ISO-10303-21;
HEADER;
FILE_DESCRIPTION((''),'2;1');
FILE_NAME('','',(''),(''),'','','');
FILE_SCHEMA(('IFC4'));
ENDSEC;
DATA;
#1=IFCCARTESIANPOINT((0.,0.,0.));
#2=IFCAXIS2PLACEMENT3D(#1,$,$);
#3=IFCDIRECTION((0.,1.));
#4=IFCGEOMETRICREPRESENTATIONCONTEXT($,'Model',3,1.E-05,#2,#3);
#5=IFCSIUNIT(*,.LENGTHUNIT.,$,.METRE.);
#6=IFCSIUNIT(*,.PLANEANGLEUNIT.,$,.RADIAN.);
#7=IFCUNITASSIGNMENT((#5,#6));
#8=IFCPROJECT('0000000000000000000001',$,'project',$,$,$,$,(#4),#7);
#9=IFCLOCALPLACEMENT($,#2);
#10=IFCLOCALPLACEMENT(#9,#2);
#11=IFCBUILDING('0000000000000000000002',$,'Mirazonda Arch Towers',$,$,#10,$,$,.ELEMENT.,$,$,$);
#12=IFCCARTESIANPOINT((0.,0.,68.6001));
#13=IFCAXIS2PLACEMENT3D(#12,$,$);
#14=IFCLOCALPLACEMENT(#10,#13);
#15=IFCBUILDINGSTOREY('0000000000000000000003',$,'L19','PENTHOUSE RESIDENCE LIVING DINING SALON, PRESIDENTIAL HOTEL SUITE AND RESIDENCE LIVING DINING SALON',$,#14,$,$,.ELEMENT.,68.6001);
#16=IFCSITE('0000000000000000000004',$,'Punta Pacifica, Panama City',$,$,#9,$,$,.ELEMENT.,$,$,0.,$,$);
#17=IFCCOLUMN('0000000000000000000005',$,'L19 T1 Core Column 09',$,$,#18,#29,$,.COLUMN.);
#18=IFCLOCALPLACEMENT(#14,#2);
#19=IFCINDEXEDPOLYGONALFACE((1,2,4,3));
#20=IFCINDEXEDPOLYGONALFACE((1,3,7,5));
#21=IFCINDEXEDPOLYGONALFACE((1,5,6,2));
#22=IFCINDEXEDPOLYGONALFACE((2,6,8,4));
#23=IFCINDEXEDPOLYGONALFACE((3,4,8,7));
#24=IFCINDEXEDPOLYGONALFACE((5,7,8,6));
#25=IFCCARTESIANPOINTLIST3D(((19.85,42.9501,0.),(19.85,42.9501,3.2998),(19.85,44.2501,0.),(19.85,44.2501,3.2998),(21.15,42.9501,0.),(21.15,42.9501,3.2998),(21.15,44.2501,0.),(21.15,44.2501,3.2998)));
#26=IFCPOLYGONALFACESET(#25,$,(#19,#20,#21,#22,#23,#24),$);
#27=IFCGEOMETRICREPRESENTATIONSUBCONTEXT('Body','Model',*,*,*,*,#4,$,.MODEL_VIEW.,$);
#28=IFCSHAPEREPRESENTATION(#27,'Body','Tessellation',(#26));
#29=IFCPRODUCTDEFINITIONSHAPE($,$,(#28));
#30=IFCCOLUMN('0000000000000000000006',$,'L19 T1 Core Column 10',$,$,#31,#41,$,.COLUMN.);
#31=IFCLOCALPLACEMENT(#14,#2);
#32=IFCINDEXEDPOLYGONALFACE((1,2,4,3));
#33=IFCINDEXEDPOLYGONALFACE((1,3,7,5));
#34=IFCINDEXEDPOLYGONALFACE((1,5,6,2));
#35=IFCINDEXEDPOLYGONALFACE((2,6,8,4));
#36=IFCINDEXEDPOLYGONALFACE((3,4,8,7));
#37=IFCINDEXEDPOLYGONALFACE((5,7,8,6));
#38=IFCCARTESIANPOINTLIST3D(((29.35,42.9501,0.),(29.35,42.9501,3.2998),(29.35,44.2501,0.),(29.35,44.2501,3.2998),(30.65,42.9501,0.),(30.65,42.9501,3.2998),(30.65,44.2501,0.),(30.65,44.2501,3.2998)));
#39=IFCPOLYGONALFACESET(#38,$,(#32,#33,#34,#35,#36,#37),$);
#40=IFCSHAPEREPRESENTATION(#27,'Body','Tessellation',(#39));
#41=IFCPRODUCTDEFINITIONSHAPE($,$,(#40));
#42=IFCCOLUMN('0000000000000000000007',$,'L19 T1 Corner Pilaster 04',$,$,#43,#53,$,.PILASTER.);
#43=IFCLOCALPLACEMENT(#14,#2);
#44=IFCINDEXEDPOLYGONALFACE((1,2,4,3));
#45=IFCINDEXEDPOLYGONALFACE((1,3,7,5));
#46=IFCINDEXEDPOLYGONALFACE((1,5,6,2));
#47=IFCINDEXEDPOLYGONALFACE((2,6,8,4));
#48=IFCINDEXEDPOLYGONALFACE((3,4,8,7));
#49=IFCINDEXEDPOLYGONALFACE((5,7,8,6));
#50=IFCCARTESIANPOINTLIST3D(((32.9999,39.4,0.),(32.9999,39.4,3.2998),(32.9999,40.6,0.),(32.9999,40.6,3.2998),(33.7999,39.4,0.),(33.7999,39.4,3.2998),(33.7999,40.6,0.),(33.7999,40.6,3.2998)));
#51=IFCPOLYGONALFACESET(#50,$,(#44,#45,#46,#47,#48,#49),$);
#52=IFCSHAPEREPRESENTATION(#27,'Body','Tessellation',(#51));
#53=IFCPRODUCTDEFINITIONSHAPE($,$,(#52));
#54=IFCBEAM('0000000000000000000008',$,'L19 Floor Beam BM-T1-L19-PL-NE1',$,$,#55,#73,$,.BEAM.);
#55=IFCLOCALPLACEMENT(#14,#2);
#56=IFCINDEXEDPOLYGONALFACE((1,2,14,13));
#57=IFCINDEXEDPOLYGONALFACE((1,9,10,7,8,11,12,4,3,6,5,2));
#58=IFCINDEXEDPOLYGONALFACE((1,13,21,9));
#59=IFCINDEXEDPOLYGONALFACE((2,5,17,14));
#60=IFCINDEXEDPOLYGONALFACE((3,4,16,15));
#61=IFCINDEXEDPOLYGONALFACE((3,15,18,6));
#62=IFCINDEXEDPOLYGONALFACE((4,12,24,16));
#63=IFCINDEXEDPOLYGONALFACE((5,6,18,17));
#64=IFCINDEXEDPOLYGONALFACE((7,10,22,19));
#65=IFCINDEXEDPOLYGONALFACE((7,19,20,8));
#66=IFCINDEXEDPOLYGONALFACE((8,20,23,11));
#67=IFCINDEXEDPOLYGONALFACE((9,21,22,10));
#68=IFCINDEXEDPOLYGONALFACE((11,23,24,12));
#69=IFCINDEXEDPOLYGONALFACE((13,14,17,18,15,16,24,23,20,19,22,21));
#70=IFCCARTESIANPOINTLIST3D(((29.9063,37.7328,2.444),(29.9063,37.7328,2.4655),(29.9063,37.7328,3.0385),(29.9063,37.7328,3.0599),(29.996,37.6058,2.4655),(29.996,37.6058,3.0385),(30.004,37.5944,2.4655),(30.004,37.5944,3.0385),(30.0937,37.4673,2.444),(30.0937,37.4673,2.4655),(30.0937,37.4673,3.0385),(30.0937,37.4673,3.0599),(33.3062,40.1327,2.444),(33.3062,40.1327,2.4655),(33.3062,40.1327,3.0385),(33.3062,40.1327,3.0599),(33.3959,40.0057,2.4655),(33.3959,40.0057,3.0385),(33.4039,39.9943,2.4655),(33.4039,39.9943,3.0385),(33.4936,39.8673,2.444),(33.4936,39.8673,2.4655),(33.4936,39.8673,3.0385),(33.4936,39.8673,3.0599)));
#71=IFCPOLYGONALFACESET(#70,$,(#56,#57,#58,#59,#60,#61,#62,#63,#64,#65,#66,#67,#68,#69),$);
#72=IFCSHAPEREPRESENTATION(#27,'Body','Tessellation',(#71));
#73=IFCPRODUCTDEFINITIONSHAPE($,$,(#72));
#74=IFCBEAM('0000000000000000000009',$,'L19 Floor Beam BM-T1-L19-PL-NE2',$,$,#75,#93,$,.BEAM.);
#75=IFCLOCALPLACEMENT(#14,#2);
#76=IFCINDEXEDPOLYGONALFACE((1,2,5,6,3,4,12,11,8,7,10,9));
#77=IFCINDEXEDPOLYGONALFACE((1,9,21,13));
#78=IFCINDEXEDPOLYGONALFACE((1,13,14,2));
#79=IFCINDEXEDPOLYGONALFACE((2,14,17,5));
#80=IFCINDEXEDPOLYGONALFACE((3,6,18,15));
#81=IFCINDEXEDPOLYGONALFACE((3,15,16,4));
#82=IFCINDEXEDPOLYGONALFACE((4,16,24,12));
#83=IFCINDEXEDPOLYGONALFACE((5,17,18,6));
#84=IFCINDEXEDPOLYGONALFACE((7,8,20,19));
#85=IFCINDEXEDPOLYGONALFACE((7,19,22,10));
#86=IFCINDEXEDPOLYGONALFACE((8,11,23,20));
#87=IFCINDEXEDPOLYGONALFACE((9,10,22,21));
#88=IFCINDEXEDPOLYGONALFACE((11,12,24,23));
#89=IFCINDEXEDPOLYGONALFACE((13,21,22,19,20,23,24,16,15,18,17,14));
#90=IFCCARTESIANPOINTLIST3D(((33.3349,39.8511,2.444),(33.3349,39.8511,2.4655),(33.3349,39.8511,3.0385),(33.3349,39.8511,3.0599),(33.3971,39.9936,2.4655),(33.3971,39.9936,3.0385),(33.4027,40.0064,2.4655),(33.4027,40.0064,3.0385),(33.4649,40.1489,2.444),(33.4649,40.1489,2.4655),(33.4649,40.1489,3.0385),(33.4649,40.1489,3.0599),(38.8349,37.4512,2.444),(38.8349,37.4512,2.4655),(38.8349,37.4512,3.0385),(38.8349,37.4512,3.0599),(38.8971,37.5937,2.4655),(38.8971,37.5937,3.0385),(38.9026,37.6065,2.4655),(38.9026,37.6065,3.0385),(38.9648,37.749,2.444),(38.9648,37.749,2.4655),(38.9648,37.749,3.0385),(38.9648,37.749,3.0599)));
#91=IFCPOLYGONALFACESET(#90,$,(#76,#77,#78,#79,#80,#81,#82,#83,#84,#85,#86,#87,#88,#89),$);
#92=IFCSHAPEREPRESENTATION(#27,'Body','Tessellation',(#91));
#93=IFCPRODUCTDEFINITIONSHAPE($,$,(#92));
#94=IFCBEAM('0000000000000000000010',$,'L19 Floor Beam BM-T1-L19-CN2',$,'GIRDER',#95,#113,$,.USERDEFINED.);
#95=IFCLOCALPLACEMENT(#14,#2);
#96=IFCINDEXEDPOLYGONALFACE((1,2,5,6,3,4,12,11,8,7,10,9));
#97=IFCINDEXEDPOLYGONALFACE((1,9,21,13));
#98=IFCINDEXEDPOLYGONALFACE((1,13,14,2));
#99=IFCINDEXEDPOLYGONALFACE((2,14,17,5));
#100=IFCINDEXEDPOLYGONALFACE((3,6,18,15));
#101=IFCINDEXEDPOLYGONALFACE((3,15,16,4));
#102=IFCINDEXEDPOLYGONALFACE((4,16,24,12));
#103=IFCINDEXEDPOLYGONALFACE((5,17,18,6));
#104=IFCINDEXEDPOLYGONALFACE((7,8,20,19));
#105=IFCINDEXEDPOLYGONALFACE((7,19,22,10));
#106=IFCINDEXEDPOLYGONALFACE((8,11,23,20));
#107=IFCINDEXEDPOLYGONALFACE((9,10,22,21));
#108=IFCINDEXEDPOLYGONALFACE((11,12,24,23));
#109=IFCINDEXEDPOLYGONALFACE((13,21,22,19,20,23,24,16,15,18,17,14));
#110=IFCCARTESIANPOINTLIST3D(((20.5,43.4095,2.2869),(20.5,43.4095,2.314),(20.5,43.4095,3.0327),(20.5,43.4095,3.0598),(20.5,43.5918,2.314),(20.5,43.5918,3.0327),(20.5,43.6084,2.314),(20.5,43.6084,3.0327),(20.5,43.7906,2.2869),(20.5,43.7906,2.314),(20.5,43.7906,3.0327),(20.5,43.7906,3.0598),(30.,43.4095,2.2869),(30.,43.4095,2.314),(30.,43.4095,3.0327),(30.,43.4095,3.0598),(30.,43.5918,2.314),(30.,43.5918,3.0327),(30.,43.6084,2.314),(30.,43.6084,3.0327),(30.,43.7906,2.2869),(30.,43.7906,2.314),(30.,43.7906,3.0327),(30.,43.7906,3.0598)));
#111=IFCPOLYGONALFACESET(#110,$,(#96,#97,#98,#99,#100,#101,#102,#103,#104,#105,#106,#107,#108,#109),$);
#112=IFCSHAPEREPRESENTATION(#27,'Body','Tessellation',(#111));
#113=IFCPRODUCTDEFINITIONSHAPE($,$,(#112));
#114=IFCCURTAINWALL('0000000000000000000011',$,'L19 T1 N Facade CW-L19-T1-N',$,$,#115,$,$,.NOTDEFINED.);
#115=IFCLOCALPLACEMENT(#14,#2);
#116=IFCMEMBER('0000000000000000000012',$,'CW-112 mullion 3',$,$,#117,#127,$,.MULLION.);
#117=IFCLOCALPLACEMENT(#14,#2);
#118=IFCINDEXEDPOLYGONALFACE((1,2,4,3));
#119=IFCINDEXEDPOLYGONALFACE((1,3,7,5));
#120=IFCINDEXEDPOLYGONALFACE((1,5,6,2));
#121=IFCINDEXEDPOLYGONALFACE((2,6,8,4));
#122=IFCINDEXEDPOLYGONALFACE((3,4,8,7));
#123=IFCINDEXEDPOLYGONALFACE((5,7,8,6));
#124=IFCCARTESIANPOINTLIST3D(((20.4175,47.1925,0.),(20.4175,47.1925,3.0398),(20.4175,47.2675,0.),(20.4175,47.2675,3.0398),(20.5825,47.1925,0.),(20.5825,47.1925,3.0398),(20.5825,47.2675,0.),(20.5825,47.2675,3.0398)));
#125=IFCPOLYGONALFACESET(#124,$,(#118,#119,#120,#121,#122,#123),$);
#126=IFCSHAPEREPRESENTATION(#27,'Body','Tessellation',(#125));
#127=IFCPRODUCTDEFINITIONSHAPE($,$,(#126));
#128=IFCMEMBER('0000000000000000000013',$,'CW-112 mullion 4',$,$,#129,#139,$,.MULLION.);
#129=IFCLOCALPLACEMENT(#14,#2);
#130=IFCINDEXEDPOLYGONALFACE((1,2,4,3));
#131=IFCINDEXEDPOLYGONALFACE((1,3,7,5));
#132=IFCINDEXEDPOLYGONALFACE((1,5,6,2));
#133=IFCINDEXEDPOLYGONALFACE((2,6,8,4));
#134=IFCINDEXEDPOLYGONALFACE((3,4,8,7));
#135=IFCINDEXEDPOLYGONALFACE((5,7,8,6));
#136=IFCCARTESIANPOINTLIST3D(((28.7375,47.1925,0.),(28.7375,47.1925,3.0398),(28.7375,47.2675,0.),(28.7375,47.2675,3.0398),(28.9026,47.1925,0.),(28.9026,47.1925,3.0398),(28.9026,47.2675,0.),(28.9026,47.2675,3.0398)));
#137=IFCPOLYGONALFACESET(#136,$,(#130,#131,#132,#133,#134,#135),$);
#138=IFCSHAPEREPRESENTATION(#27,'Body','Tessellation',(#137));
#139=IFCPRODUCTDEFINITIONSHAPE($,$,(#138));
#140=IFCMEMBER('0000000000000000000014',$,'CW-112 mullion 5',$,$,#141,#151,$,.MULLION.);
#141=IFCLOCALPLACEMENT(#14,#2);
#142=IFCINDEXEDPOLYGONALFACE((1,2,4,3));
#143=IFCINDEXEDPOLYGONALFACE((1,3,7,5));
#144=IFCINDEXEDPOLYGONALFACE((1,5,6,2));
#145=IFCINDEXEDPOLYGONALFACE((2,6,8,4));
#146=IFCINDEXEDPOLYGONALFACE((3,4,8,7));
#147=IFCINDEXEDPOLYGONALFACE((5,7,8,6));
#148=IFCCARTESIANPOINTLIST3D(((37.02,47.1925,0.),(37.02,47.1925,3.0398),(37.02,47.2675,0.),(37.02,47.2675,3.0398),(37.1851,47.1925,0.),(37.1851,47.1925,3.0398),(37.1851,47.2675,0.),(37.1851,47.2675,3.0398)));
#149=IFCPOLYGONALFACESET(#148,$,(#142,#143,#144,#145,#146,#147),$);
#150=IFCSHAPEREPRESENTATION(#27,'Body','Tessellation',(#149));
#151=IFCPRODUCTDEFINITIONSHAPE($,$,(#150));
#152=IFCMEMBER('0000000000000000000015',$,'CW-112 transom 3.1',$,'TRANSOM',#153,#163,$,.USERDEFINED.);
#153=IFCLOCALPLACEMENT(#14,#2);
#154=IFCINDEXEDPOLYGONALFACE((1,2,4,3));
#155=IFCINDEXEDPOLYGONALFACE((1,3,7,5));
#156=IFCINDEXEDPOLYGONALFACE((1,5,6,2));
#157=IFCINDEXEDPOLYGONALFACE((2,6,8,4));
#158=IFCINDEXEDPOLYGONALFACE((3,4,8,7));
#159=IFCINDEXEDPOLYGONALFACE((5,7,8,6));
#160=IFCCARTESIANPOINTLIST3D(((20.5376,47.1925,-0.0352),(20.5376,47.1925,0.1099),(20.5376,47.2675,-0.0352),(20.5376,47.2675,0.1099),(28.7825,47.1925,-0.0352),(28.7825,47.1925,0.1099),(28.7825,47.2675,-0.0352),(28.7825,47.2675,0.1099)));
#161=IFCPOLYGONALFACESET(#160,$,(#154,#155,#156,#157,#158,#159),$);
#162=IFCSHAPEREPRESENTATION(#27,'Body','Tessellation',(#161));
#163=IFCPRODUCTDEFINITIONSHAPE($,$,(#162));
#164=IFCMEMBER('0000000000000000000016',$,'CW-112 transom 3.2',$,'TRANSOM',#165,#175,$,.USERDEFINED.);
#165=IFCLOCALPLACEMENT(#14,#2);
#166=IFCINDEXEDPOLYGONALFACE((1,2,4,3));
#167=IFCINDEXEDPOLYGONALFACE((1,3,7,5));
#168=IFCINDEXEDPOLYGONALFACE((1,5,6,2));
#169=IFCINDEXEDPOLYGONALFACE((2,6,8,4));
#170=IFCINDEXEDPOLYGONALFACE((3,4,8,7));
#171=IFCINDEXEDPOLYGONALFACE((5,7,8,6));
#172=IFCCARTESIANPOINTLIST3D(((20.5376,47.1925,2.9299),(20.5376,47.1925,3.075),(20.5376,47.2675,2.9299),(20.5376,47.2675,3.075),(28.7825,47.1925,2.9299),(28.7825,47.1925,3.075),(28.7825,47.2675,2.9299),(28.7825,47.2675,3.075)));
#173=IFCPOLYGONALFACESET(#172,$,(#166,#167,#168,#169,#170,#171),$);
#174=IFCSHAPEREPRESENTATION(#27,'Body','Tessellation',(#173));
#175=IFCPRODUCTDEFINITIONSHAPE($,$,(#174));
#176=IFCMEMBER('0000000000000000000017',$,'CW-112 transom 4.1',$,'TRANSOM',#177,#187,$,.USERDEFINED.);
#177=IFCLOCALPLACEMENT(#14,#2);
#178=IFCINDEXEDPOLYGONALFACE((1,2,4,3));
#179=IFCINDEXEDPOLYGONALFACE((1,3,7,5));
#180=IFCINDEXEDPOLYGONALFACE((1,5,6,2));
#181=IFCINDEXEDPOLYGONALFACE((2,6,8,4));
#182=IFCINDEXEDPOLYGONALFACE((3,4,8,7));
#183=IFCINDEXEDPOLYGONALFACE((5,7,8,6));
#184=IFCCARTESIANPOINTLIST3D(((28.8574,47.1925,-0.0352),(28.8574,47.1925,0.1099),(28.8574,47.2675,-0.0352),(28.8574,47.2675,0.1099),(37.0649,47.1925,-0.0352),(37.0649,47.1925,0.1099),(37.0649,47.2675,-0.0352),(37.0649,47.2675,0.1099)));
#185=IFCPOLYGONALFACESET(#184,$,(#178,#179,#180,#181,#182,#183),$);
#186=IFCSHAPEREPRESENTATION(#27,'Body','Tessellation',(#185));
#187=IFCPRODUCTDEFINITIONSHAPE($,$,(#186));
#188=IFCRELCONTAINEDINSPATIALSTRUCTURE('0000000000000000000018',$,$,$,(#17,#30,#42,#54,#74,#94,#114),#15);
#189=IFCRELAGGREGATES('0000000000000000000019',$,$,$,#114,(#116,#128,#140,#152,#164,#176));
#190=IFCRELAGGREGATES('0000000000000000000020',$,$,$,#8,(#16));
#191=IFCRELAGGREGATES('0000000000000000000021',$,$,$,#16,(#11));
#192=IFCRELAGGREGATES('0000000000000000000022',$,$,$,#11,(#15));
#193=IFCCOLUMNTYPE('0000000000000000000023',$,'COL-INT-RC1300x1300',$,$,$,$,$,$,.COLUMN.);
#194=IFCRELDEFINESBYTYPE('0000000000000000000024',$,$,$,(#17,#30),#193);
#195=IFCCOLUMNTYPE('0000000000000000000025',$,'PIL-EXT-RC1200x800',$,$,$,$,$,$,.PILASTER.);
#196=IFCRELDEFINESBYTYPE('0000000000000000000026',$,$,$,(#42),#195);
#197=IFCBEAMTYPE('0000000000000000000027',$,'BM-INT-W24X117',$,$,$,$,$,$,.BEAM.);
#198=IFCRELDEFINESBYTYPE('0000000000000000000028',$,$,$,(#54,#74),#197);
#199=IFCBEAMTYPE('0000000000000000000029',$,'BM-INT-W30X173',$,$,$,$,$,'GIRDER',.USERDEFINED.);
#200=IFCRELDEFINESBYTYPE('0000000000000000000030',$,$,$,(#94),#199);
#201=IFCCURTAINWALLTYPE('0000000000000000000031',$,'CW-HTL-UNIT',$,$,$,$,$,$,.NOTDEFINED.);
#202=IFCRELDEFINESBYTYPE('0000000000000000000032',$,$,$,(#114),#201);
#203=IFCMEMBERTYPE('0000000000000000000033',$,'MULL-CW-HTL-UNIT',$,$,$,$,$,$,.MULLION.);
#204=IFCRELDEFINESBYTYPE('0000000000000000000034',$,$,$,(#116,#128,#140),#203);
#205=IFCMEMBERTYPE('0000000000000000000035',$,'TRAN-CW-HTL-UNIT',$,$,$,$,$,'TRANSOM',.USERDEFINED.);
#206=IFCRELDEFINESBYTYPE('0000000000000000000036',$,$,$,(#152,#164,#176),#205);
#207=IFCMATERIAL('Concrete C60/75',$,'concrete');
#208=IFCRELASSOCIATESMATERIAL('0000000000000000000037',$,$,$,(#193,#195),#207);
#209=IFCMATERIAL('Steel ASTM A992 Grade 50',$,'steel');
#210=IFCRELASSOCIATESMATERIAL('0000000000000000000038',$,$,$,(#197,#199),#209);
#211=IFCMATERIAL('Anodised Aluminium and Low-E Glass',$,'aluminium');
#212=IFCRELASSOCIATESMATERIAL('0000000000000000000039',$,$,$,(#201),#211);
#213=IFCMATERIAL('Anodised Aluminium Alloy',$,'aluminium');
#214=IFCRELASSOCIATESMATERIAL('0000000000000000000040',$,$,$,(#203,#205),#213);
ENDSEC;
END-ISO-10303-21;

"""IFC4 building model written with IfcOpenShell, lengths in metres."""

from ifc_helpers import new_model, si_unit, direction, frame, origin, origin_2d, place, context, subcontext, project, spatial, rectangle, i_section, extrude, material, material_profile, profile_set, type_object, element, aggregate, save


model = new_model("IFC4")

# Units and contexts
model_context = context("Model", 3, precision=1e-05, world=origin(), true_north=direction((0.0, 1.0)))
body_context = subcontext(model_context, "Body", "Model", "MODEL_VIEW")
ifc_project = project(units=[si_unit("LENGTHUNIT", "METRE"), si_unit("PLANEANGLEUNIT", "RADIAN")], contexts=[model_context])

# Site, building, storey
site_placement = place(None, origin())
site = spatial("IfcSite", under=ifc_project, at=site_placement, Name="Punta Pacifica, Panama City", CompositionType="ELEMENT", RefElevation=0.0)
building_placement = place(site_placement, origin())
building = spatial("IfcBuilding", under=site, at=building_placement, Name="Mirazonda Arch Towers", CompositionType="ELEMENT")
storey_placement = place(building_placement, frame((0.0, 0.0, 68.6001)))
storey = spatial("IfcBuildingStorey", under=building, at=storey_placement, Name="L19", Description="PENTHOUSE RESIDENCE LIVING DINING SALON, PRESIDENTIAL HOTEL SUITE AND RESIDENCE LIVING DINING SALON", CompositionType="ELEMENT", Elevation=68.6001)

# Columns
ifc_material_1 = material(Name="Concrete C60/75", Category="concrete")
ifc_material_profile_1 = material_profile(ifc_material_1, rectangle(XDim=1.3, YDim=1.3, at=origin_2d()), Name="RC1300x1300")
ifc_profile_set_1 = profile_set([ifc_material_profile_1], Name="Concrete C60/75")
column_type_1 = type_object("IfcColumnType", Name="COL-INT-RC1300x1300", PredefinedType="COLUMN", material=ifc_profile_set_1)
for number, where, z_axis, x_axis, name in (
    (1, (20.5, 43.6001, 0.0), (0.0, 0.0, 1.0), (1.0, 0.0, 0.0), "L19 T1 Core Column 09"),
    (2, (30.0, 43.6001, 0.0), (0.0, 0.0, 1.0), (1.0, 0.0, 0.0), "L19 T1 Core Column 10"),
):
    element("IfcColumn", number, at=place(storey_placement, frame(where, z_axis=z_axis, x_axis=x_axis)), inside=storey, type_object=column_type_1, Name=name, PredefinedType="COLUMN", context=body_context, shape_type="SweptSolid", body=[
        extrude(rectangle(XDim=1.3, YDim=1.3, at=origin_2d()), origin(), (0.0, 0.0, 1.0), 3.2998),
    ])
ifc_material_profile_2 = material_profile(ifc_material_1, rectangle(XDim=0.8, YDim=1.2, at=origin_2d()), Name="RC1200x800")
ifc_profile_set_2 = profile_set([ifc_material_profile_2], Name="Concrete C60/75")
column_type_2 = type_object("IfcColumnType", Name="PIL-EXT-RC1200x800", PredefinedType="PILASTER", material=ifc_profile_set_2)
column_placement = place(storey_placement, frame((33.3999, 40.0, 0.0), z_axis=(0.0, 0.0, 1.0), x_axis=(1.0, 0.0, 0.0)))
element("IfcColumn", 3, at=column_placement, inside=storey, type_object=column_type_2, Name="L19 T1 Corner Pilaster 04", PredefinedType="PILASTER", context=body_context, shape_type="SweptSolid", body=[
    extrude(rectangle(XDim=0.8, YDim=1.2, at=origin_2d()), origin(), (0.0, 0.0, 1.0), 3.2998),
])

# Beams
ifc_material_2 = material(Name="Steel ASTM A992 Grade 50", Category="steel")
ifc_material_profile_3 = material_profile(ifc_material_2, i_section(OverallWidth=0.325, OverallDepth=0.616, WebThickness=0.0139, FlangeThickness=0.0215, at=origin_2d()), Name="W24X117")
ifc_profile_set_3 = profile_set([ifc_material_profile_3], Name="Steel ASTM A992 Grade 50")
beam_type_1 = type_object("IfcBeamType", Name="BM-INT-W24X117", PredefinedType="BEAM", material=ifc_profile_set_3)
beam_1_placement = place(storey_placement, frame((33.3999, 40.0, 2.752), z_axis=(-0.816971, -0.576679, 0.0), x_axis=(0.576679, -0.816971, 0.0)))
element("IfcBeam", 4, at=beam_1_placement, inside=storey, type_object=beam_type_1, Name="L19 Floor Beam BM-T1-L19-PL-NE1", PredefinedType="BEAM", context=body_context, shape_type="SweptSolid", body=[
    extrude(i_section(OverallWidth=0.325, OverallDepth=0.616, WebThickness=0.0139, FlangeThickness=0.0215, at=origin_2d()), origin(), (0.0, 0.0, 1.0), 4.1616),
])
beam_2_placement = place(storey_placement, frame((33.3999, 40.0, 2.752), z_axis=(0.916545, -0.399931, 0.0), x_axis=(0.399931, 0.916545, 0.0)))
element("IfcBeam", 5, at=beam_2_placement, inside=storey, type_object=beam_type_1, Name="L19 Floor Beam BM-T1-L19-PL-NE2", PredefinedType="BEAM", context=body_context, shape_type="SweptSolid", body=[
    extrude(i_section(OverallWidth=0.325, OverallDepth=0.616, WebThickness=0.0139, FlangeThickness=0.0215, at=origin_2d()), origin(), (0.0, 0.0, 1.0), 6.0007),
])
ifc_material_profile_4 = material_profile(ifc_material_2, i_section(OverallWidth=0.3811, OverallDepth=0.7729, WebThickness=0.0166, FlangeThickness=0.0271, at=origin_2d()), Name="W30X173")
ifc_profile_set_4 = profile_set([ifc_material_profile_4], Name="Steel ASTM A992 Grade 50")
beam_type_2 = type_object("IfcBeamType", Name="BM-INT-W30X173", ElementType="GIRDER", PredefinedType="USERDEFINED", material=ifc_profile_set_4)
beam_3_placement = place(storey_placement, frame((20.5, 43.6001, 2.6733), z_axis=(1.0, 0.0, 0.0), x_axis=(0.0, 1.0, 0.0)))
element("IfcBeam", 6, at=beam_3_placement, inside=storey, type_object=beam_type_2, Name="L19 Floor Beam BM-T1-L19-CN2", ObjectType="GIRDER", PredefinedType="USERDEFINED", context=body_context, shape_type="SweptSolid", body=[
    extrude(i_section(OverallWidth=0.3811, OverallDepth=0.7729, WebThickness=0.0166, FlangeThickness=0.0271, at=origin_2d()), origin(), (0.0, 0.0, 1.0), 9.5),
])

# Curtain wall, members
ifc_material_3 = material(Name="Anodised Aluminium and Low-E Glass", Category="aluminium")
curtain_wall_type = type_object("IfcCurtainWallType", Name="CW-HTL-UNIT", PredefinedType="NOTDEFINED", material=ifc_material_3)
curtain_wall_placement = place(storey_placement, origin())
curtain_wall = element("IfcCurtainWall", 7, at=curtain_wall_placement, inside=storey, type_object=curtain_wall_type, Name="L19 T1 N Facade CW-L19-T1-N", PredefinedType="NOTDEFINED")
ifc_material_4 = material(Name="Anodised Aluminium Alloy", Category="aluminium")
ifc_material_profile_5 = material_profile(ifc_material_4, rectangle(XDim=0.075, YDim=0.165, at=origin_2d()), Name="ALU-MULL-75x165")
ifc_profile_set_5 = profile_set([ifc_material_profile_5], Name="Anodised Aluminium Alloy")
member_type_1 = type_object("IfcMemberType", Name="MULL-CW-HTL-UNIT", PredefinedType="MULLION", material=ifc_profile_set_5)
member_1_placement = place(storey_placement, frame((20.5, 47.23, 0.0), z_axis=(0.0, 0.0, 1.0), x_axis=(0.0, 1.0, 0.0)))
member_1 = element("IfcMember", 8, at=member_1_placement, type_object=member_type_1, Name="CW-112 mullion 3", PredefinedType="MULLION", context=body_context, shape_type="SweptSolid", body=[
    extrude(rectangle(XDim=0.075, YDim=0.165, at=origin_2d()), origin(), (0.0, 0.0, 1.0), 3.0398),
])
member_2_placement = place(storey_placement, frame((28.8201, 47.23, 0.0), z_axis=(0.0, 0.0, 1.0), x_axis=(0.0, 1.0, 0.0)))
member_2 = element("IfcMember", 9, at=member_2_placement, type_object=member_type_1, Name="CW-112 mullion 4", PredefinedType="MULLION", context=body_context, shape_type="SweptSolid", body=[
    extrude(rectangle(XDim=0.075, YDim=0.165, at=origin_2d()), origin(), (0.0, 0.0, 1.0), 3.0398),
])
member_3_placement = place(storey_placement, frame((37.1025, 47.23, 0.0), z_axis=(0.0, 0.0, 1.0), x_axis=(0.0, 1.0, 0.0)))
member_3 = element("IfcMember", 10, at=member_3_placement, type_object=member_type_1, Name="CW-112 mullion 5", PredefinedType="MULLION", context=body_context, shape_type="SweptSolid", body=[
    extrude(rectangle(XDim=0.075, YDim=0.165, at=origin_2d()), origin(), (0.0, 0.0, 1.0), 3.0398),
])
ifc_material_profile_6 = material_profile(ifc_material_4, rectangle(XDim=0.075, YDim=0.145, at=origin_2d()), Name="ALU-TRAN-75x145")
ifc_profile_set_6 = profile_set([ifc_material_profile_6], Name="Anodised Aluminium Alloy")
member_type_2 = type_object("IfcMemberType", Name="TRAN-CW-HTL-UNIT", ElementType="TRANSOM", PredefinedType="USERDEFINED", material=ifc_profile_set_6)
member_4_placement = place(storey_placement, frame((20.5376, 47.23, 0.0374), z_axis=(1.0, 0.0, 0.0), x_axis=(0.0, 1.0, 0.0)))
member_4 = element("IfcMember", 11, at=member_4_placement, type_object=member_type_2, Name="CW-112 transom 3.1", ObjectType="TRANSOM", PredefinedType="USERDEFINED", context=body_context, shape_type="SweptSolid", body=[
    extrude(rectangle(XDim=0.075, YDim=0.145, at=origin_2d()), origin(), (0.0, 0.0, 1.0), 8.2449),
])
member_5_placement = place(storey_placement, frame((20.5376, 47.23, 3.0024), z_axis=(1.0, 0.0, 0.0), x_axis=(0.0, 1.0, 0.0)))
member_5 = element("IfcMember", 12, at=member_5_placement, type_object=member_type_2, Name="CW-112 transom 3.2", ObjectType="TRANSOM", PredefinedType="USERDEFINED", context=body_context, shape_type="SweptSolid", body=[
    extrude(rectangle(XDim=0.075, YDim=0.145, at=origin_2d()), origin(), (0.0, 0.0, 1.0), 8.2449),
])
member_6_placement = place(storey_placement, frame((28.8574, 47.23, 0.0374), z_axis=(1.0, 0.0, 0.0), x_axis=(0.0, 1.0, 0.0)))
member_6 = element("IfcMember", 13, at=member_6_placement, type_object=member_type_2, Name="CW-112 transom 4.1", ObjectType="TRANSOM", PredefinedType="USERDEFINED", context=body_context, shape_type="SweptSolid", body=[
    extrude(rectangle(XDim=0.075, YDim=0.145, at=origin_2d()), origin(), (0.0, 0.0, 1.0), 8.2075),
])
aggregate(curtain_wall, [member_1, member_2, member_3, member_4, member_5, member_6])

save(model, "model.ifc")
